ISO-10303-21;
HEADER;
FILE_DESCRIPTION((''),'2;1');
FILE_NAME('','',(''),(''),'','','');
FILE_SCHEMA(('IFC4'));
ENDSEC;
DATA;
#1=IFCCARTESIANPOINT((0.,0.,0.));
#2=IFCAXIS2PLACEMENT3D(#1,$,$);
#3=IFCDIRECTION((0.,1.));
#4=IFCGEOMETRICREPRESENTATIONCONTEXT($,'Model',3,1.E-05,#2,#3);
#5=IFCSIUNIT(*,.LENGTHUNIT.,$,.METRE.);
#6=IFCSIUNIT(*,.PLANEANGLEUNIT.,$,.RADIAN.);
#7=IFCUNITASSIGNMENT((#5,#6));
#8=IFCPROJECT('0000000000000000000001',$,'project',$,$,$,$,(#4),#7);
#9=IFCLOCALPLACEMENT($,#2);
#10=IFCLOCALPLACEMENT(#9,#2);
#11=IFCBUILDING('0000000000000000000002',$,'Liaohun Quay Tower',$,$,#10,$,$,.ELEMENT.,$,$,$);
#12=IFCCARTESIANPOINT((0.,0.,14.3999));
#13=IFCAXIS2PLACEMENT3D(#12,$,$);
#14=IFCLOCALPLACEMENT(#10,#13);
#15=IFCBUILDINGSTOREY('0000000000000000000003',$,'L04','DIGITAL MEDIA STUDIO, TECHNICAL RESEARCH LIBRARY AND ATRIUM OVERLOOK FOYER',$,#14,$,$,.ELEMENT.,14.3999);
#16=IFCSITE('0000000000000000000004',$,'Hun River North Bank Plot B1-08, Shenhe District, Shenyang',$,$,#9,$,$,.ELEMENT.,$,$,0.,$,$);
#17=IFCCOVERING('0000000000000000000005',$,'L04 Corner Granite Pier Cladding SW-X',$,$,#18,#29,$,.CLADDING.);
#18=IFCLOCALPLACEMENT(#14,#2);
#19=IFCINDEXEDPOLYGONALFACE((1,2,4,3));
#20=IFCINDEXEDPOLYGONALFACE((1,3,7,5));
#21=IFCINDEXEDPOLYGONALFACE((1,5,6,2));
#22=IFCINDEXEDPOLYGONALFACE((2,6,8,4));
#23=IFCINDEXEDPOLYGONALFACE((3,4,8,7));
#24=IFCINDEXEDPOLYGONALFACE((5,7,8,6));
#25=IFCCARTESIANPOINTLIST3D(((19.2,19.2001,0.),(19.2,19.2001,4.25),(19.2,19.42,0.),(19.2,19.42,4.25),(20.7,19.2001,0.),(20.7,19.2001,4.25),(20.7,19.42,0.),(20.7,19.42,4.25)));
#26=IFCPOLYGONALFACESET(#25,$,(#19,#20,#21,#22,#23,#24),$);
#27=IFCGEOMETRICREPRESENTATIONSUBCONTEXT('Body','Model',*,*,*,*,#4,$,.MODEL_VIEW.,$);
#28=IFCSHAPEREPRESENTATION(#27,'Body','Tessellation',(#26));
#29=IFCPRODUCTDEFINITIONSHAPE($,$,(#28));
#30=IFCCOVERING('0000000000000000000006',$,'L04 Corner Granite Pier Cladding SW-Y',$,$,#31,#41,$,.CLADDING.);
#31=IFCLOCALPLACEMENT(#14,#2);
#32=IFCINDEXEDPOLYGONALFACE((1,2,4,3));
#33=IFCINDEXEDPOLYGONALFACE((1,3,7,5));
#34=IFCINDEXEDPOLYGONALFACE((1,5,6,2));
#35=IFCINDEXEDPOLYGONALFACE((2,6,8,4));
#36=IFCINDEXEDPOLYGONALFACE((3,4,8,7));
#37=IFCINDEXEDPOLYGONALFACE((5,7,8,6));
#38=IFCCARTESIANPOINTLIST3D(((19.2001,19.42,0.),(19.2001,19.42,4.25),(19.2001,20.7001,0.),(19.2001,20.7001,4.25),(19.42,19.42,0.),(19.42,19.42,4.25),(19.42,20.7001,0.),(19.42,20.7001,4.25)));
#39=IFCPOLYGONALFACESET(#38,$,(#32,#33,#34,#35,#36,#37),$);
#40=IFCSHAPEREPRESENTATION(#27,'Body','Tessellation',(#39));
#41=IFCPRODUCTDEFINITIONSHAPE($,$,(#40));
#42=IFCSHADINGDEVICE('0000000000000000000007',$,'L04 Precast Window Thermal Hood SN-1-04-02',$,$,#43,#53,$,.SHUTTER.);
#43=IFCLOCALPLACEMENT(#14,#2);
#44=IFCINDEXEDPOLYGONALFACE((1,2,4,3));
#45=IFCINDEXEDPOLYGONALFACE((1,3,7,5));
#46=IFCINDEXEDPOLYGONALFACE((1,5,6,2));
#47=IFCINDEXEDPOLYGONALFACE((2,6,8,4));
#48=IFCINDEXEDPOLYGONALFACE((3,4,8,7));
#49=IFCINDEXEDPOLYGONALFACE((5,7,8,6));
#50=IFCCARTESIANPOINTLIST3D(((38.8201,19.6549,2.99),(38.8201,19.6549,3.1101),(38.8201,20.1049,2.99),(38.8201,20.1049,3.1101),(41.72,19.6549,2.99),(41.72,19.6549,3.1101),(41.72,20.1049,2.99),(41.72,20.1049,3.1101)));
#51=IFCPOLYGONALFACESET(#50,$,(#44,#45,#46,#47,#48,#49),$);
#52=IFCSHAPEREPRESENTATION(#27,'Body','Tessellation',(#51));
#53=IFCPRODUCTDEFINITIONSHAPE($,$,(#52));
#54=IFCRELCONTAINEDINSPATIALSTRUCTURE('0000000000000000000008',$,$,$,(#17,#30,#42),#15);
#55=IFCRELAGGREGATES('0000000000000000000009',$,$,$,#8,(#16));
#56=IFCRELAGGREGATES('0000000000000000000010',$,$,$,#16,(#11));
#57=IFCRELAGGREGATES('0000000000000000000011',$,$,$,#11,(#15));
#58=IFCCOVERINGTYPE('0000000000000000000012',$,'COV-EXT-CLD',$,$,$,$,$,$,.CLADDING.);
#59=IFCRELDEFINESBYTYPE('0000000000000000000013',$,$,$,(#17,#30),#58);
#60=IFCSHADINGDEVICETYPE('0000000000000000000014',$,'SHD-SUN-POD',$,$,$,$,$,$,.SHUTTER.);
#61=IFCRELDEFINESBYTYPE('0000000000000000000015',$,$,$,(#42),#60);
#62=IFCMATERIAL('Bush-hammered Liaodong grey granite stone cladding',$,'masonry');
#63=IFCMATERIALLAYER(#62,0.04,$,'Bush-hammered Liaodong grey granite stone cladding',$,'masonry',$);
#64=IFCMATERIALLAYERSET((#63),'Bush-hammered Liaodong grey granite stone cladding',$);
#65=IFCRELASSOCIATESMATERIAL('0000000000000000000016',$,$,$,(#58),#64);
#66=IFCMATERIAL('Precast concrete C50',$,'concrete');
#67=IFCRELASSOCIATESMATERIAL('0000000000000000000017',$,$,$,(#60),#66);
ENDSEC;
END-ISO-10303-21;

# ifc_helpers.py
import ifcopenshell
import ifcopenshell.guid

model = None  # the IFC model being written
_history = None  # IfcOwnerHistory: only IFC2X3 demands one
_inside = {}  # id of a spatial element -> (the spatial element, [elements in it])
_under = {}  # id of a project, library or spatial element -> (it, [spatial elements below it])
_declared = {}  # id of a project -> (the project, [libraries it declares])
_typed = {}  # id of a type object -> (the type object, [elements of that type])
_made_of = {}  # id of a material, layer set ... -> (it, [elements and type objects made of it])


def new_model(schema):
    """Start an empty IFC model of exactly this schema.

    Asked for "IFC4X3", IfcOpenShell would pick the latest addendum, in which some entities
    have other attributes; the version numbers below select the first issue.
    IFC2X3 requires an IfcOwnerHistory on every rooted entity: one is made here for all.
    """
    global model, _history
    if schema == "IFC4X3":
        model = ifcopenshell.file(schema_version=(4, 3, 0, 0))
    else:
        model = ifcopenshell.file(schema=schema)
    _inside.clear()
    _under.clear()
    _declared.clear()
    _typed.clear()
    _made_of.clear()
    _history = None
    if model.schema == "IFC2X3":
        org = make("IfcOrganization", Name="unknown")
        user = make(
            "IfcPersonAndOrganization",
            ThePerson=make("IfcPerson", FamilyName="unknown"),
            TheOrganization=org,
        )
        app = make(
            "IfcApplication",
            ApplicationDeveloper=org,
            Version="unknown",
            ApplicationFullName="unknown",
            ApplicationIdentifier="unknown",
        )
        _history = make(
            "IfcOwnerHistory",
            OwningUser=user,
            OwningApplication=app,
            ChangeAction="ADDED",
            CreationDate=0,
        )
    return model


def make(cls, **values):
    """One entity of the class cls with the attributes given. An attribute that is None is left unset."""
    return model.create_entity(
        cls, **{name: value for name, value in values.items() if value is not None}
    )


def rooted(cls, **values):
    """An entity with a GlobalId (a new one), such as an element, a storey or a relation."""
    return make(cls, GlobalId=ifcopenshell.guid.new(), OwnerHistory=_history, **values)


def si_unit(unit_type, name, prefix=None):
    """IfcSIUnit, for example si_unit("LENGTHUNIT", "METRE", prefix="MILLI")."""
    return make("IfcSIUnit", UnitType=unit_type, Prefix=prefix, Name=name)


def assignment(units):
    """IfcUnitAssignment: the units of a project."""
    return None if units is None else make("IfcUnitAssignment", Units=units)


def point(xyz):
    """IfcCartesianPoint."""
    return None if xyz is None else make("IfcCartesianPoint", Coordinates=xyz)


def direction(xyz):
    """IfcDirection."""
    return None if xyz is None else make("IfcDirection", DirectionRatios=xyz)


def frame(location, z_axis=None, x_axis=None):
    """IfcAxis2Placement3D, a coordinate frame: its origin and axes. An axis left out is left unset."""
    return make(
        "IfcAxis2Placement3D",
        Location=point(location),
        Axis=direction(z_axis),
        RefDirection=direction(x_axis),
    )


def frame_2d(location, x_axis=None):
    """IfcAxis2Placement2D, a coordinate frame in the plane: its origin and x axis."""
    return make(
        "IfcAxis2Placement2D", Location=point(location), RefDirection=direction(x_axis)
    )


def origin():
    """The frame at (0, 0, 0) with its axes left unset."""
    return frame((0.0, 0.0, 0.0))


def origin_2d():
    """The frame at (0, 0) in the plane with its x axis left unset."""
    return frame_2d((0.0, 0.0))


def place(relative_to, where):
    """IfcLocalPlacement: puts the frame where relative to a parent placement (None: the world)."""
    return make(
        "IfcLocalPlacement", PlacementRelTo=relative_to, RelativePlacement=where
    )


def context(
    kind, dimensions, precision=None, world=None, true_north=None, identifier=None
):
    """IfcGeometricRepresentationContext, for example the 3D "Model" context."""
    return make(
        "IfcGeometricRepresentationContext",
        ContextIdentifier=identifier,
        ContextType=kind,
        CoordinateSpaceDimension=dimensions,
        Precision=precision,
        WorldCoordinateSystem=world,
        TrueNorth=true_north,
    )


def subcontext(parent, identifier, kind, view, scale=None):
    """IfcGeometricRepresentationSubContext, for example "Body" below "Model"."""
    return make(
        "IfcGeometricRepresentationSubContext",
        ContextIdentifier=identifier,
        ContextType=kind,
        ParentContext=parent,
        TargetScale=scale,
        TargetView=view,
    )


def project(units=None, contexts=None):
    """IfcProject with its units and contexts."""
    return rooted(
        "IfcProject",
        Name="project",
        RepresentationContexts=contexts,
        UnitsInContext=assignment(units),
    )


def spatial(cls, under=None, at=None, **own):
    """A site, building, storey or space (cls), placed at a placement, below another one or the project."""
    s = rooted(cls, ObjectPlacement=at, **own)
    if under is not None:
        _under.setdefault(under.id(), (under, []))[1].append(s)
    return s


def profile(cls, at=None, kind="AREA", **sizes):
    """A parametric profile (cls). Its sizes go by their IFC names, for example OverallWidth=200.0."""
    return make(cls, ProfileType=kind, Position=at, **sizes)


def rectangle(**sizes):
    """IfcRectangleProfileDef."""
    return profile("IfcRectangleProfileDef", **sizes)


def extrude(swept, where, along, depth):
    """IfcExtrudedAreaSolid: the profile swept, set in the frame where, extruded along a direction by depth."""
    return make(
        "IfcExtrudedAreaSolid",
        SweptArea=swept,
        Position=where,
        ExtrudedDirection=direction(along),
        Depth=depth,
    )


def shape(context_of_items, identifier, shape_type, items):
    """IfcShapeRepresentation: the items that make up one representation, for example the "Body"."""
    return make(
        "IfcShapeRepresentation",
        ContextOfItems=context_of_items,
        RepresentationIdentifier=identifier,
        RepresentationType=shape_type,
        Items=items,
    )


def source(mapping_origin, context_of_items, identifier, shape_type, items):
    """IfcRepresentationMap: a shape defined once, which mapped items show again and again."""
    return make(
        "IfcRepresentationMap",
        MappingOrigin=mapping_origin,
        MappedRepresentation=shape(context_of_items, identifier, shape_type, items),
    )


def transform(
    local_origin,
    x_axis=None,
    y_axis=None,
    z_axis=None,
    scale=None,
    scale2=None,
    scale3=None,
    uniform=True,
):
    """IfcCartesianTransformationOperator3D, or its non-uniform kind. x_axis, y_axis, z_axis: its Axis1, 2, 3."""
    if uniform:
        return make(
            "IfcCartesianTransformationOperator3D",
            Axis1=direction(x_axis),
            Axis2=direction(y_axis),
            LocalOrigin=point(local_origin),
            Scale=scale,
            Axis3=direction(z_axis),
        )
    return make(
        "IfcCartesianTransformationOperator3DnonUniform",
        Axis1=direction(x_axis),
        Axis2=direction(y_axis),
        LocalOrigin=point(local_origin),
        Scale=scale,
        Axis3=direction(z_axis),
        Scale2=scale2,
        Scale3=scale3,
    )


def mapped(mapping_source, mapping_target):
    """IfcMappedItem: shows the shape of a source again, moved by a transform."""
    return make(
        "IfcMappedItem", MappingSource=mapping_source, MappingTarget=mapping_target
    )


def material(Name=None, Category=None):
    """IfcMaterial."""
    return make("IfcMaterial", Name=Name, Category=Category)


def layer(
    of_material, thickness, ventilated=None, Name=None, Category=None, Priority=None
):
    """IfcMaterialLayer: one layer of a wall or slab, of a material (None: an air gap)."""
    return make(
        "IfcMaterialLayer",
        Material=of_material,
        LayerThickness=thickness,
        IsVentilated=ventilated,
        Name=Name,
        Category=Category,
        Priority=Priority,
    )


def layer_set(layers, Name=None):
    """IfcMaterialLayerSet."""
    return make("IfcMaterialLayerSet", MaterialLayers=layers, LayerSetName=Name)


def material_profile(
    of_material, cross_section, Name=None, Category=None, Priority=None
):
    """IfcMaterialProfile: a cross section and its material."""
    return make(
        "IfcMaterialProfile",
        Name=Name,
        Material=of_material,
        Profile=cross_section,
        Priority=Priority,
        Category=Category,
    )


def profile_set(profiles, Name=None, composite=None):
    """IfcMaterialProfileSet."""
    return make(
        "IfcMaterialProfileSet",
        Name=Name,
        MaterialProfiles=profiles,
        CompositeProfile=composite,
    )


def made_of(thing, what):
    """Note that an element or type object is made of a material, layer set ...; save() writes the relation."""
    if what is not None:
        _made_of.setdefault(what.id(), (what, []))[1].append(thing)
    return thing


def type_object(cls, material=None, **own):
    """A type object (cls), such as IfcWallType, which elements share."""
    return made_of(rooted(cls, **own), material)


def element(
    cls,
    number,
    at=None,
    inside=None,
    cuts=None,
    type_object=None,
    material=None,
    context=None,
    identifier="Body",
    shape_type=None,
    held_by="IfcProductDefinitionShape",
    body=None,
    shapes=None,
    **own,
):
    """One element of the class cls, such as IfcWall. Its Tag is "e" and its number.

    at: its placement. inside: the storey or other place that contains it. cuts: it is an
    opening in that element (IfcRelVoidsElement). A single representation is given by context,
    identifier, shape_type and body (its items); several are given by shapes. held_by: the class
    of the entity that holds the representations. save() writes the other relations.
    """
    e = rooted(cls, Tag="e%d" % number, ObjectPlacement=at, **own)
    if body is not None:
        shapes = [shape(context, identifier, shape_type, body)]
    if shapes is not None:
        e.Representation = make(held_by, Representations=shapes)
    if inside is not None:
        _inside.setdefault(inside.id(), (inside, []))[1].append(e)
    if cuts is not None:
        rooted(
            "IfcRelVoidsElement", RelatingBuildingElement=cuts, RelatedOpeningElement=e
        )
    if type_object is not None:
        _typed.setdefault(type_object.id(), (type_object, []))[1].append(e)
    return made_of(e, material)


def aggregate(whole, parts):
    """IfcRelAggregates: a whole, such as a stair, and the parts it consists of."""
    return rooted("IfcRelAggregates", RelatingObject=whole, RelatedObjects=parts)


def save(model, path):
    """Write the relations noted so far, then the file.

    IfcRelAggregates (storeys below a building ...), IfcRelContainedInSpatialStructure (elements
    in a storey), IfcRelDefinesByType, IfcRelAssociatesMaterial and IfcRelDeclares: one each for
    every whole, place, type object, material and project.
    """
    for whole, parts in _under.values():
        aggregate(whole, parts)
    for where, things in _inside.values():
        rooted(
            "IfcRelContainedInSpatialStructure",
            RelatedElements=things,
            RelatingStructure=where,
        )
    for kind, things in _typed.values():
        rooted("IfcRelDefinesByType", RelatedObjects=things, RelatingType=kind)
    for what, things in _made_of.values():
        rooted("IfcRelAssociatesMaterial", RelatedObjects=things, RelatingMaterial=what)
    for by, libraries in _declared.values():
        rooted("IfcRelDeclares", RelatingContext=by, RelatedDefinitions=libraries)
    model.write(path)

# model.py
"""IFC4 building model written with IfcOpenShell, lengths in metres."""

from ifc_helpers import new_model, si_unit, direction, frame, origin, origin_2d, place, context, subcontext, project, spatial, rectangle, extrude, source, transform, mapped, material, layer, layer_set, material_profile, profile_set, type_object, element, save


model = new_model("IFC4")

# Units and contexts
model_context = context("Model", 3, precision=1e-05, world=origin(), true_north=direction((0.0, 1.0)))
body_context = subcontext(model_context, "Body", "Model", "MODEL_VIEW")
ifc_project = project(units=[si_unit("LENGTHUNIT", "METRE"), si_unit("PLANEANGLEUNIT", "RADIAN")], contexts=[model_context])

# Site, building, storey
site_placement = place(None, origin())
site = spatial("IfcSite", under=ifc_project, at=site_placement, Name="Hun River North Bank Plot B1-08, Shenhe District, Shenyang", CompositionType="ELEMENT", RefElevation=0.0)
building_placement = place(site_placement, origin())
building = spatial("IfcBuilding", under=site, at=building_placement, Name="Liaohun Quay Tower", CompositionType="ELEMENT")
storey_placement = place(building_placement, frame((0.0, 0.0, 14.3999)))
storey = spatial("IfcBuildingStorey", under=building, at=storey_placement, Name="L04", Description="DIGITAL MEDIA STUDIO, TECHNICAL RESEARCH LIBRARY AND ATRIUM OVERLOOK FOYER", CompositionType="ELEMENT", Elevation=14.3999)

# Shared definitions
ifc_material_1 = material(Name="Precast concrete C50", Category="concrete")

# Coverings
ifc_material_2 = material(Name="Bush-hammered Liaodong grey granite stone cladding", Category="masonry")
ifc_layer_1 = layer(ifc_material_2, 0.04, Name="Bush-hammered Liaodong grey granite stone cladding", Category="masonry")
ifc_layer_set_1 = layer_set([ifc_layer_1], Name="Bush-hammered Liaodong grey granite stone cladding")
covering_type_1 = type_object("IfcCoveringType", Name="COV-EXT-CLD", PredefinedType="CLADDING", material=ifc_layer_set_1)
shared_shape_1 = source(origin(), body_context, "Body", "SweptSolid", [
    extrude(rectangle(XDim=1.5, YDim=0.22, at=origin_2d()), origin(), (0.0, 0.0, 1.0), 4.25),
])
covering_1_placement = place(storey_placement, frame((19.95, 19.3101, 0.0), z_axis=(0.0, 0.0, 1.0), x_axis=(1.0, 0.0, 0.0)))
element("IfcCovering", 1, at=covering_1_placement, inside=storey, type_object=covering_type_1, Name="L04 Corner Granite Pier Cladding SW-X", PredefinedType="CLADDING", context=body_context, shape_type="MappedRepresentation", body=[
    mapped(shared_shape_1, transform((0.0, 0.0, 0.0), x_axis=(1.0, 0.0, 0.0), y_axis=(0.0, 1.0, 0.0), z_axis=(0.0, 0.0, 1.0), scale=1.0)),
])
shared_shape_2 = source(origin(), body_context, "Body", "SweptSolid", [
    extrude(rectangle(XDim=0.22, YDim=1.28, at=origin_2d()), origin(), (0.0, 0.0, 1.0), 4.25),
])
covering_2_placement = place(storey_placement, frame((19.3101, 20.0601, 0.0), z_axis=(0.0, 0.0, 1.0), x_axis=(1.0, 0.0, 0.0)))
element("IfcCovering", 2, at=covering_2_placement, inside=storey, type_object=covering_type_1, Name="L04 Corner Granite Pier Cladding SW-Y", PredefinedType="CLADDING", context=body_context, shape_type="MappedRepresentation", body=[
    mapped(shared_shape_2, transform((0.0, 0.0, 0.0), x_axis=(1.0, 0.0, 0.0), y_axis=(0.0, 1.0, 0.0), z_axis=(0.0, 0.0, 1.0), scale=1.0)),
])

# Shading device
ifc_material_profile_1 = material_profile(ifc_material_1, rectangle(XDim=0.45, YDim=0.1201, at=origin_2d()), Name="PRC-SUN-450x120")
ifc_profile_set_1 = profile_set([ifc_material_profile_1], Name="Precast concrete C50")
shading_device_type = type_object("IfcShadingDeviceType", Name="SHD-SUN-POD", PredefinedType="SHUTTER", material=ifc_profile_set_1)
shared_shape_3 = source(origin(), body_context, "Body", "SweptSolid", [
    extrude(rectangle(XDim=0.45, YDim=0.1201, at=origin_2d()), origin(), (0.0, 0.0, 1.0), 2.8999),
])
shading_device_placement = place(storey_placement, frame((38.8201, 19.8799, 3.05), z_axis=(1.0, 0.0, 0.0), x_axis=(0.0, 1.0, 0.0)))
element("IfcShadingDevice", 3, at=shading_device_placement, inside=storey, type_object=shading_device_type, Name="L04 Precast Window Thermal Hood SN-1-04-02", PredefinedType="SHUTTER", context=body_context, shape_type="MappedRepresentation", body=[
    mapped(shared_shape_3, transform((0.0, 0.0, 0.0), x_axis=(1.0, 0.0, 0.0), y_axis=(0.0, 1.0, 0.0), z_axis=(0.0, 0.0, 1.0), scale=1.0)),
])

save(model, "model.ifc")
